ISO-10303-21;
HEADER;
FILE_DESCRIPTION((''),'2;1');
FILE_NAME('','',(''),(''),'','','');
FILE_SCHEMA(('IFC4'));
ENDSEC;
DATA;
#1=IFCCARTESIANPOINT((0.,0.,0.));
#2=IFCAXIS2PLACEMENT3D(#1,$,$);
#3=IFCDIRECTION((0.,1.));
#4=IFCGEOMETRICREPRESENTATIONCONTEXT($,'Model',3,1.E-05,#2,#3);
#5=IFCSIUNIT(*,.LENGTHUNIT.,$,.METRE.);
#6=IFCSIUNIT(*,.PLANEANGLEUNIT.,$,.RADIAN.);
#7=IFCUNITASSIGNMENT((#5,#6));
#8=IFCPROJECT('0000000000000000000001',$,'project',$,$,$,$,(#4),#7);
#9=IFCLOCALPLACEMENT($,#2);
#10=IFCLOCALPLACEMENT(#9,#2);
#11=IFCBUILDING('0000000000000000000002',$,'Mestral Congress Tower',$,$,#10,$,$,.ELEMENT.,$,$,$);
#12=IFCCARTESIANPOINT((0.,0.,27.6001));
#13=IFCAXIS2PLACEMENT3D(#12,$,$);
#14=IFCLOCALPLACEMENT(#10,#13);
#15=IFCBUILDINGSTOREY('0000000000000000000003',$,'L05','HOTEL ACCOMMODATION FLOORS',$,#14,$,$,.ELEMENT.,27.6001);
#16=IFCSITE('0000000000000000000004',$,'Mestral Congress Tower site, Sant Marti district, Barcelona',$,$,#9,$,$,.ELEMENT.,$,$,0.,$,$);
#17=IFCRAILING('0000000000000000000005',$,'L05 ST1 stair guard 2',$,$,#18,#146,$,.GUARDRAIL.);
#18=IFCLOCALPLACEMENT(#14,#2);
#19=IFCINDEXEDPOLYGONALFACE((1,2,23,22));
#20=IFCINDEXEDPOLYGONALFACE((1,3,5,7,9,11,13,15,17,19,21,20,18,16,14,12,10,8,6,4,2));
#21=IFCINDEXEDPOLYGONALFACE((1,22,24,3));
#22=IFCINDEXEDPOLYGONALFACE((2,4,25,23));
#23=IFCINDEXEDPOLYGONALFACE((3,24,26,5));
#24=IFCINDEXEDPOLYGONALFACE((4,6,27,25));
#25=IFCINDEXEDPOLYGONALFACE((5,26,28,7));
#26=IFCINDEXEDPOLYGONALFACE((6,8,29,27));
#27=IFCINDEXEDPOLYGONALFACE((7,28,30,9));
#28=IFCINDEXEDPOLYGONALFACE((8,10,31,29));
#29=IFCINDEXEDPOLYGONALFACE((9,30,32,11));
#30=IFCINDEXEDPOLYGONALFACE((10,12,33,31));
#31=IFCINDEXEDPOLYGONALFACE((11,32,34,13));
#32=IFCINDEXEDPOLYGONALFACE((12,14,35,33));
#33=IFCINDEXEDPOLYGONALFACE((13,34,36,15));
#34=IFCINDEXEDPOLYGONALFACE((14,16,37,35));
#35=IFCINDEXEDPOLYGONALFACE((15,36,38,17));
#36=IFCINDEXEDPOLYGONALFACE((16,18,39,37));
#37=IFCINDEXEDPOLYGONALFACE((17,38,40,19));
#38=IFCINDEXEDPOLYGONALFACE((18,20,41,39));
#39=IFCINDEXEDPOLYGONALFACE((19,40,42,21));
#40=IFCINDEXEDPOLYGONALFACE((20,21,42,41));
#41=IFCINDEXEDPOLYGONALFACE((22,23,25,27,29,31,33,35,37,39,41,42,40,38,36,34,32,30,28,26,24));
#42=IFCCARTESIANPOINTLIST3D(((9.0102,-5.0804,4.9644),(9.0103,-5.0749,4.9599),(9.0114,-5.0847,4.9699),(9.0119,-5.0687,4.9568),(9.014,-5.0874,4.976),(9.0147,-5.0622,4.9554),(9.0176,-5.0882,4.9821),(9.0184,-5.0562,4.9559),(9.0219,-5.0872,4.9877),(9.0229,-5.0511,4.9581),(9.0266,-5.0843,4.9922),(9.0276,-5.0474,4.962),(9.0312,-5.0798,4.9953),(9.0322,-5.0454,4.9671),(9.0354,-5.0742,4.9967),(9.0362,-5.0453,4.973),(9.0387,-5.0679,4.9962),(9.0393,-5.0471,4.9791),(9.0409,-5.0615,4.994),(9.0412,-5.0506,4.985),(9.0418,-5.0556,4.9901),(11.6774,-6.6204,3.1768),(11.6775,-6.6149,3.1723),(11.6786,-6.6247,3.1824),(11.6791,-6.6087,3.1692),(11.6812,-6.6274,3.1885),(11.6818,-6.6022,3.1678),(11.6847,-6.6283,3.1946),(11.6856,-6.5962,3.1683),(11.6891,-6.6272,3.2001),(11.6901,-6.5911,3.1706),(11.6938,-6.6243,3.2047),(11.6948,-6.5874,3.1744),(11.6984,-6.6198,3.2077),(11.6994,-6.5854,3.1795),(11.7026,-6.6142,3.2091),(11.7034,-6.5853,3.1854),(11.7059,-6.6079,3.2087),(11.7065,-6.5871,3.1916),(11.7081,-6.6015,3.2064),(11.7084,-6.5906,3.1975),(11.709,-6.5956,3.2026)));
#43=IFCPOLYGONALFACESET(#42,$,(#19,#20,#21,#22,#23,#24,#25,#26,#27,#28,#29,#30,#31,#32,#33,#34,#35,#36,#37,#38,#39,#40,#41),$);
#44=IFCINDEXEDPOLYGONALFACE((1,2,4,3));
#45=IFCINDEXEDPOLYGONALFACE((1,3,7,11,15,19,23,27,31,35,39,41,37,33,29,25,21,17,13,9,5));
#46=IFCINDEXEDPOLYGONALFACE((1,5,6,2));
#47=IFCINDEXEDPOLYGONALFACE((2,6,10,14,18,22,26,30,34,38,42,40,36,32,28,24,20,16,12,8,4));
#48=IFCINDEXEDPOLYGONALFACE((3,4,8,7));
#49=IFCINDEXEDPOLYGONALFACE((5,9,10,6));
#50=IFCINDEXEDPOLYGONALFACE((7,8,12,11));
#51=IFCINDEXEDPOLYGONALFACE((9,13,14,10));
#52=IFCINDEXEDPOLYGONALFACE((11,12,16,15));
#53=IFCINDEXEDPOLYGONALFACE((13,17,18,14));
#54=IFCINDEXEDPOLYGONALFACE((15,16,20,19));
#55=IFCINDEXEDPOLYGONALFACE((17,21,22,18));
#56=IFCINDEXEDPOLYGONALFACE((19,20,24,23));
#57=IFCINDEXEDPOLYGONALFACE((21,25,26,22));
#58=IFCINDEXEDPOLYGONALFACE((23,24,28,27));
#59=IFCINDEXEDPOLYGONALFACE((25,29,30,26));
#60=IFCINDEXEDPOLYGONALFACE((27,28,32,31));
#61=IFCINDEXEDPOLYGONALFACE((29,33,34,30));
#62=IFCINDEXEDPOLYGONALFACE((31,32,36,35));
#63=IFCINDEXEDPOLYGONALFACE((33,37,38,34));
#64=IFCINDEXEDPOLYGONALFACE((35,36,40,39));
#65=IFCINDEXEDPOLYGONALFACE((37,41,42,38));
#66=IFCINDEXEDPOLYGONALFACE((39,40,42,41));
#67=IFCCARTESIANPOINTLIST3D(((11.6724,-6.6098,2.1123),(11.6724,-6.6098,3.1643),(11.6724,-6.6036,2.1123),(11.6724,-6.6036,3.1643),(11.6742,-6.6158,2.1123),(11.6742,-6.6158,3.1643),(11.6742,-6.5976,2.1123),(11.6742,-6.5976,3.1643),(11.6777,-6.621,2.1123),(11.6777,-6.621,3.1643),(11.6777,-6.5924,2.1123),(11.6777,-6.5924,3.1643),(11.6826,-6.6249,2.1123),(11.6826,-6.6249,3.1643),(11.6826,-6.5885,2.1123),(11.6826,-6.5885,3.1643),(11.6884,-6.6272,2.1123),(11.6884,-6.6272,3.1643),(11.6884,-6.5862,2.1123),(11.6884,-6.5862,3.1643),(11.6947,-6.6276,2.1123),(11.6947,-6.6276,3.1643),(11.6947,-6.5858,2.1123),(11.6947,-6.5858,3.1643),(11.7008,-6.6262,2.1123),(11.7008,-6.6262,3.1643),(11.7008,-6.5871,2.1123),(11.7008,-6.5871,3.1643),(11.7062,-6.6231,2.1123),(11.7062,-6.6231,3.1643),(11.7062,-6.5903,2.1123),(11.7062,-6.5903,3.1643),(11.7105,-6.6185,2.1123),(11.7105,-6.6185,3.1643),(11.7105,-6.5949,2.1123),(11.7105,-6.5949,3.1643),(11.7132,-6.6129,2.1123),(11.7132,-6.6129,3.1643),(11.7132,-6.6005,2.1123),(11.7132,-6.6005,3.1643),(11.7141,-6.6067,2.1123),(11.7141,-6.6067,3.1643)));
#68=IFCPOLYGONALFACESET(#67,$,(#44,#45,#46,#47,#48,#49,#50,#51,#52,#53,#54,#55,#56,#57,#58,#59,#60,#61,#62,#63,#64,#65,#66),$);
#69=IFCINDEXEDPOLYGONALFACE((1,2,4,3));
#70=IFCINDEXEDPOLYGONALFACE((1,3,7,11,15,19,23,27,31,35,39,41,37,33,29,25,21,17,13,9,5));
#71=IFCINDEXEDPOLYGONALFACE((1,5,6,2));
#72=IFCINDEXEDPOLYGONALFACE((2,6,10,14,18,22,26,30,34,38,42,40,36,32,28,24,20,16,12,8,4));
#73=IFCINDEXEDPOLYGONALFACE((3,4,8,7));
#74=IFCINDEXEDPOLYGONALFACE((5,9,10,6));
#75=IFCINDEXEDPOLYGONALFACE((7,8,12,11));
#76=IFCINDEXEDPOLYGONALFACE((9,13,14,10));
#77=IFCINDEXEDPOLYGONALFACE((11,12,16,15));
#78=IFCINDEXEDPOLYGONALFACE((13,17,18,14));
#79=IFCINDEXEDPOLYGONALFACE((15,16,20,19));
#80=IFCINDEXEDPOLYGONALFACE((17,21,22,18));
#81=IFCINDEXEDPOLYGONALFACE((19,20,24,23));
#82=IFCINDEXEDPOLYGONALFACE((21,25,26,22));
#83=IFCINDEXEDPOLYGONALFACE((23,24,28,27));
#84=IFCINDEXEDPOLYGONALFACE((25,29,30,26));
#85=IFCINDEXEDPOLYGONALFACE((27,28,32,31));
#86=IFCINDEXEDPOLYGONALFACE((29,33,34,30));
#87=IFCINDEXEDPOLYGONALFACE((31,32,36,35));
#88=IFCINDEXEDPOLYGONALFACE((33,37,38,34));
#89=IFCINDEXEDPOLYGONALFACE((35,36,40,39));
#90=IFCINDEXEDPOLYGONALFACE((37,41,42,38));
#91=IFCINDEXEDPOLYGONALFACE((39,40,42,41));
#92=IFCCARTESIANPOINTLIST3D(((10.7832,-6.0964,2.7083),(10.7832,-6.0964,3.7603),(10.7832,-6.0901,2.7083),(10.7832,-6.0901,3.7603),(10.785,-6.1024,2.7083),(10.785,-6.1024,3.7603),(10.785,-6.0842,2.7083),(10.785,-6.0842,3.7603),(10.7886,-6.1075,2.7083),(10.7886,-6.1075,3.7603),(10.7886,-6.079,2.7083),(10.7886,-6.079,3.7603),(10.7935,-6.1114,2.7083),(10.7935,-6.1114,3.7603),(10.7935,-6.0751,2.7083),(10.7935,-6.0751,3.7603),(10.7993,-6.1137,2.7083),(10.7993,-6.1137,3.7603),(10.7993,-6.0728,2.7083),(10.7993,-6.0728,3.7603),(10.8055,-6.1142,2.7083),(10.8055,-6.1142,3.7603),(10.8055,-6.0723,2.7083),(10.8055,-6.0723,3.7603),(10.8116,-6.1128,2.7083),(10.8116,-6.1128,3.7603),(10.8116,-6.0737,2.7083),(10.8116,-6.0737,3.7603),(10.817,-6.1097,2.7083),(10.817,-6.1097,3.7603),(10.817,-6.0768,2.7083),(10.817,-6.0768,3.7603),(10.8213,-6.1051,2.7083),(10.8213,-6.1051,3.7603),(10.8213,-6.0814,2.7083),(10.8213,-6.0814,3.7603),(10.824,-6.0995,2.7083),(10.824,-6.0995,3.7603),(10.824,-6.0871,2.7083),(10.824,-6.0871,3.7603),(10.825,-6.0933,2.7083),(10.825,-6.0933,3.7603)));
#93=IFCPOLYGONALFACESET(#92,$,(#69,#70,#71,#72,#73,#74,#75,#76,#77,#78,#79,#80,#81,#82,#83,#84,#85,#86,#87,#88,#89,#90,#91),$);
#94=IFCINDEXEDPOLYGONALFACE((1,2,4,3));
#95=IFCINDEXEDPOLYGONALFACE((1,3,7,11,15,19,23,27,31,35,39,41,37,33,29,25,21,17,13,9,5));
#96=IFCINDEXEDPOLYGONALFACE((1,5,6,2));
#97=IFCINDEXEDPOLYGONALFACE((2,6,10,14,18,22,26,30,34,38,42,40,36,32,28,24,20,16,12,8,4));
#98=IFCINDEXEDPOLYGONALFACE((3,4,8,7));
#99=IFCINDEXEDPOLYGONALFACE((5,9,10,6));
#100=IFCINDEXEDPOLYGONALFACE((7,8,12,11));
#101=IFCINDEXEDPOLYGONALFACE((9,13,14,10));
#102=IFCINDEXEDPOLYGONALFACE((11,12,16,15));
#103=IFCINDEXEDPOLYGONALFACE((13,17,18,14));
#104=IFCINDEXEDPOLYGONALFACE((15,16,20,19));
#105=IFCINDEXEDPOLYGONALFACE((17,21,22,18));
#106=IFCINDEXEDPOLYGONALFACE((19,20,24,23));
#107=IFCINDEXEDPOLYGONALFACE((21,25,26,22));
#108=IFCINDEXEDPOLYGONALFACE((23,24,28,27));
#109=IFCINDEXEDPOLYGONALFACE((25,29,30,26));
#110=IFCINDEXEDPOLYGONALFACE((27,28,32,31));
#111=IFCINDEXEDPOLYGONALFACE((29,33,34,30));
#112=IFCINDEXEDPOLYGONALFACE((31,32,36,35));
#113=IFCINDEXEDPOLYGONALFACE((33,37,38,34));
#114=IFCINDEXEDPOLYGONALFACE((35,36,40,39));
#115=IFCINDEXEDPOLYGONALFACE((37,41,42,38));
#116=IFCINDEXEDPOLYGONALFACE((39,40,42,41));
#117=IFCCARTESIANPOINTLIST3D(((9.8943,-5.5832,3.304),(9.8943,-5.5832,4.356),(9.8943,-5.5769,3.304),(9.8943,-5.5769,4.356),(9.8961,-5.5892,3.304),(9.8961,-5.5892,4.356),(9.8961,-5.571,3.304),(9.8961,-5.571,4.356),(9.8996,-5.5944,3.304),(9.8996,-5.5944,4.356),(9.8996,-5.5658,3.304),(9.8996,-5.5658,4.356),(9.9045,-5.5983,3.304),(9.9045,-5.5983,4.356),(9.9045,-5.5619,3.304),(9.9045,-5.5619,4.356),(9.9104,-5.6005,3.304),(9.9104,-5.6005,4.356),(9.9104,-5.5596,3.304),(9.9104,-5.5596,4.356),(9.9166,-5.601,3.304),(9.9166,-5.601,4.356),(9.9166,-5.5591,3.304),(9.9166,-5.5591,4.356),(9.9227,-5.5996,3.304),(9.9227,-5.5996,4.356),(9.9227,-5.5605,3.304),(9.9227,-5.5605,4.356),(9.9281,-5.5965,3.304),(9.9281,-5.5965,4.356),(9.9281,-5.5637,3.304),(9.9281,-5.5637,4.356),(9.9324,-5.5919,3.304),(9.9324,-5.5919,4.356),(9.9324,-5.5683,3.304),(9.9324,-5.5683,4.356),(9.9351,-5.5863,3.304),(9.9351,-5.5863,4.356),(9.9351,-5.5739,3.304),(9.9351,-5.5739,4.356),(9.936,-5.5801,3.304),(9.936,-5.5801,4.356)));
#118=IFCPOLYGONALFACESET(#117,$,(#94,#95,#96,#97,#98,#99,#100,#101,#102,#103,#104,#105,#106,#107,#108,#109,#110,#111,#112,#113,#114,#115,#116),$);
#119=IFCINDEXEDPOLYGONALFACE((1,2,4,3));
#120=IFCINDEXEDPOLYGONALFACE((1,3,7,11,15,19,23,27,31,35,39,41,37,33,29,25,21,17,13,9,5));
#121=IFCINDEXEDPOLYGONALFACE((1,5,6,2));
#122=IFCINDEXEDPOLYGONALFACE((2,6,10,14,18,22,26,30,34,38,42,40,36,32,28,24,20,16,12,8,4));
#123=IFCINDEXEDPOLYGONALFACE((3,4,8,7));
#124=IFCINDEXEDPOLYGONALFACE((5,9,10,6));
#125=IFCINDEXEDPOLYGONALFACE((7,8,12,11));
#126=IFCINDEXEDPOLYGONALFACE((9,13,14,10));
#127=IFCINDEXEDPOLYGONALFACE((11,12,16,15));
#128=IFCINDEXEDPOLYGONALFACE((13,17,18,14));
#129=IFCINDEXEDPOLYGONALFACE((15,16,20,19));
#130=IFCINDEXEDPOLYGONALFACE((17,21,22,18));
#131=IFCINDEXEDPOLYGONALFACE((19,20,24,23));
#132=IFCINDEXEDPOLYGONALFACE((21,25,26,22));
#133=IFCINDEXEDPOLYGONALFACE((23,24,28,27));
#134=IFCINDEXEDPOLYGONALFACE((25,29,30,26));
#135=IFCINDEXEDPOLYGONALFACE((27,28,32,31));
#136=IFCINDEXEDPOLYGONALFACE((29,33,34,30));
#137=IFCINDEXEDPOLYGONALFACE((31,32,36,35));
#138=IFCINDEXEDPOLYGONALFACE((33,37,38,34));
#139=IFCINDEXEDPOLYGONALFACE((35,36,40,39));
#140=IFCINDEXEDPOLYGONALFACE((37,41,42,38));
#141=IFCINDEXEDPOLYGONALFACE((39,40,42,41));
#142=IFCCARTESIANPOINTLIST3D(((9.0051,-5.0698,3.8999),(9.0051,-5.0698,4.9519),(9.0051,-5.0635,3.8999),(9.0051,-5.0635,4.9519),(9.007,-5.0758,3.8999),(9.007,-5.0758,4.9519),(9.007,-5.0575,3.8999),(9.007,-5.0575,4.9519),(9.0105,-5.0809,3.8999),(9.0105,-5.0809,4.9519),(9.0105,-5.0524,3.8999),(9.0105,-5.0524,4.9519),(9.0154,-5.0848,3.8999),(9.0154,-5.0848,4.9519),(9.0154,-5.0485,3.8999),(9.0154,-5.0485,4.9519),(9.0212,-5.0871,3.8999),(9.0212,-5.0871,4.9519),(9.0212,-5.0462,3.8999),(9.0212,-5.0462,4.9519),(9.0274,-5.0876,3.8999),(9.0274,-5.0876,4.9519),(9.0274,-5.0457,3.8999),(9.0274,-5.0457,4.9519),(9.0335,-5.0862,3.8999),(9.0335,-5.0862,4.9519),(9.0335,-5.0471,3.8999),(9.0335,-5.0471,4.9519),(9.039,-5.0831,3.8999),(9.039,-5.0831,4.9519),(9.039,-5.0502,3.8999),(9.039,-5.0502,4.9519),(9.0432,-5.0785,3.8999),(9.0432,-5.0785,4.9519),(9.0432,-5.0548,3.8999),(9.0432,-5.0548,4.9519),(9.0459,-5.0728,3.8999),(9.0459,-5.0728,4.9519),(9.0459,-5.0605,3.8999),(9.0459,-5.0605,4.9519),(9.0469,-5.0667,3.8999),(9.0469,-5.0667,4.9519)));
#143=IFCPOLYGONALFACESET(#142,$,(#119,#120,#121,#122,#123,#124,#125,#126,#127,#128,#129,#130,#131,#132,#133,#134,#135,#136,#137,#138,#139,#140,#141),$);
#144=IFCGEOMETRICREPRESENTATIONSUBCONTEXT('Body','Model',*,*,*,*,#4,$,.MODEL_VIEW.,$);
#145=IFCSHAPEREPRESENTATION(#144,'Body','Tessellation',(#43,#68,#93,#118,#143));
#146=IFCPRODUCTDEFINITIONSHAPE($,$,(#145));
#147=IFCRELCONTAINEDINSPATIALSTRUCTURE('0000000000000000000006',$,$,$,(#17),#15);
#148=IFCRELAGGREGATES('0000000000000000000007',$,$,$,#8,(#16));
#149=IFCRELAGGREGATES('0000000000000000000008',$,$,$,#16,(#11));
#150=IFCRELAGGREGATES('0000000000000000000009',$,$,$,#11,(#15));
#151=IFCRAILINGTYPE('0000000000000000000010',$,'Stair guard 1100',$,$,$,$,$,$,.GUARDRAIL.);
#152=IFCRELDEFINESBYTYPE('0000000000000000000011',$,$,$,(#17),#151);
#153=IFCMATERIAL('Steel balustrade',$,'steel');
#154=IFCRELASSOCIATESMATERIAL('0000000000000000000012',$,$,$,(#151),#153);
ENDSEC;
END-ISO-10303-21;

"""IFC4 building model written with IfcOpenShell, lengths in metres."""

from ifc_helpers import new_model, si_unit, direction, frame, origin, origin_2d, place, context, subcontext, project, spatial, circle, extrude, material, type_object, element, save


model = new_model("IFC4")

# Units and contexts
model_context = context("Model", 3, precision=1e-05, world=origin(), true_north=direction((0.0, 1.0)))
body_context = subcontext(model_context, "Body", "Model", "MODEL_VIEW")
ifc_project = project(units=[si_unit("LENGTHUNIT", "METRE"), si_unit("PLANEANGLEUNIT", "RADIAN")], contexts=[model_context])

# Site, building, storey
site_placement = place(None, origin())
site = spatial("IfcSite", under=ifc_project, at=site_placement, Name="Mestral Congress Tower site, Sant Marti district, Barcelona", CompositionType="ELEMENT", RefElevation=0.0)
building_placement = place(site_placement, origin())
building = spatial("IfcBuilding", under=site, at=building_placement, Name="Mestral Congress Tower", CompositionType="ELEMENT")
storey_placement = place(building_placement, frame((0.0, 0.0, 27.6001)))
storey = spatial("IfcBuildingStorey", under=building, at=storey_placement, Name="L05", Description="HOTEL ACCOMMODATION FLOORS", CompositionType="ELEMENT", Elevation=27.6001)

# Railing
ifc_material_1 = material(Name="Steel balustrade", Category="steel")
railing_type_1 = type_object("IfcRailingType", Name="Stair guard 1100", PredefinedType="GUARDRAIL", material=ifc_material_1)
railing_1_placement = place(storey_placement, frame((11.6931, -6.6067, 2.1123)))
element("IfcRailing", 1, at=railing_1_placement, inside=storey, type_object=railing_type_1, Name="L05 ST1 stair guard 2", PredefinedType="GUARDRAIL", context=body_context, shape_type="SweptSolid", body=[
    extrude(circle(Radius=0.0239, at=origin_2d()), frame((0.0, 0.0, 1.0762), z_axis=(-0.748994, 0.432463, 0.50198), x_axis=(-0.500027, -0.86601, 0.0)), (0.0, 0.0, 1.0), 3.561),
    extrude(circle(Radius=0.021, at=origin_2d()), origin(), (0.0, 0.0, 1.0), 1.052),
    extrude(circle(Radius=0.021, at=origin_2d()), frame((-0.8892, 0.5134, 0.5959)), (0.0, 0.0, 1.0), 1.052),
    extrude(circle(Radius=0.021, at=origin_2d()), frame((-1.7781, 1.0266, 1.1917)), (0.0, 0.0, 1.0), 1.052),
    extrude(circle(Radius=0.021, at=origin_2d()), frame((-2.6672, 1.54, 1.7876)), (0.0, 0.0, 1.0), 1.052),
])

save(model, "model.ifc")
